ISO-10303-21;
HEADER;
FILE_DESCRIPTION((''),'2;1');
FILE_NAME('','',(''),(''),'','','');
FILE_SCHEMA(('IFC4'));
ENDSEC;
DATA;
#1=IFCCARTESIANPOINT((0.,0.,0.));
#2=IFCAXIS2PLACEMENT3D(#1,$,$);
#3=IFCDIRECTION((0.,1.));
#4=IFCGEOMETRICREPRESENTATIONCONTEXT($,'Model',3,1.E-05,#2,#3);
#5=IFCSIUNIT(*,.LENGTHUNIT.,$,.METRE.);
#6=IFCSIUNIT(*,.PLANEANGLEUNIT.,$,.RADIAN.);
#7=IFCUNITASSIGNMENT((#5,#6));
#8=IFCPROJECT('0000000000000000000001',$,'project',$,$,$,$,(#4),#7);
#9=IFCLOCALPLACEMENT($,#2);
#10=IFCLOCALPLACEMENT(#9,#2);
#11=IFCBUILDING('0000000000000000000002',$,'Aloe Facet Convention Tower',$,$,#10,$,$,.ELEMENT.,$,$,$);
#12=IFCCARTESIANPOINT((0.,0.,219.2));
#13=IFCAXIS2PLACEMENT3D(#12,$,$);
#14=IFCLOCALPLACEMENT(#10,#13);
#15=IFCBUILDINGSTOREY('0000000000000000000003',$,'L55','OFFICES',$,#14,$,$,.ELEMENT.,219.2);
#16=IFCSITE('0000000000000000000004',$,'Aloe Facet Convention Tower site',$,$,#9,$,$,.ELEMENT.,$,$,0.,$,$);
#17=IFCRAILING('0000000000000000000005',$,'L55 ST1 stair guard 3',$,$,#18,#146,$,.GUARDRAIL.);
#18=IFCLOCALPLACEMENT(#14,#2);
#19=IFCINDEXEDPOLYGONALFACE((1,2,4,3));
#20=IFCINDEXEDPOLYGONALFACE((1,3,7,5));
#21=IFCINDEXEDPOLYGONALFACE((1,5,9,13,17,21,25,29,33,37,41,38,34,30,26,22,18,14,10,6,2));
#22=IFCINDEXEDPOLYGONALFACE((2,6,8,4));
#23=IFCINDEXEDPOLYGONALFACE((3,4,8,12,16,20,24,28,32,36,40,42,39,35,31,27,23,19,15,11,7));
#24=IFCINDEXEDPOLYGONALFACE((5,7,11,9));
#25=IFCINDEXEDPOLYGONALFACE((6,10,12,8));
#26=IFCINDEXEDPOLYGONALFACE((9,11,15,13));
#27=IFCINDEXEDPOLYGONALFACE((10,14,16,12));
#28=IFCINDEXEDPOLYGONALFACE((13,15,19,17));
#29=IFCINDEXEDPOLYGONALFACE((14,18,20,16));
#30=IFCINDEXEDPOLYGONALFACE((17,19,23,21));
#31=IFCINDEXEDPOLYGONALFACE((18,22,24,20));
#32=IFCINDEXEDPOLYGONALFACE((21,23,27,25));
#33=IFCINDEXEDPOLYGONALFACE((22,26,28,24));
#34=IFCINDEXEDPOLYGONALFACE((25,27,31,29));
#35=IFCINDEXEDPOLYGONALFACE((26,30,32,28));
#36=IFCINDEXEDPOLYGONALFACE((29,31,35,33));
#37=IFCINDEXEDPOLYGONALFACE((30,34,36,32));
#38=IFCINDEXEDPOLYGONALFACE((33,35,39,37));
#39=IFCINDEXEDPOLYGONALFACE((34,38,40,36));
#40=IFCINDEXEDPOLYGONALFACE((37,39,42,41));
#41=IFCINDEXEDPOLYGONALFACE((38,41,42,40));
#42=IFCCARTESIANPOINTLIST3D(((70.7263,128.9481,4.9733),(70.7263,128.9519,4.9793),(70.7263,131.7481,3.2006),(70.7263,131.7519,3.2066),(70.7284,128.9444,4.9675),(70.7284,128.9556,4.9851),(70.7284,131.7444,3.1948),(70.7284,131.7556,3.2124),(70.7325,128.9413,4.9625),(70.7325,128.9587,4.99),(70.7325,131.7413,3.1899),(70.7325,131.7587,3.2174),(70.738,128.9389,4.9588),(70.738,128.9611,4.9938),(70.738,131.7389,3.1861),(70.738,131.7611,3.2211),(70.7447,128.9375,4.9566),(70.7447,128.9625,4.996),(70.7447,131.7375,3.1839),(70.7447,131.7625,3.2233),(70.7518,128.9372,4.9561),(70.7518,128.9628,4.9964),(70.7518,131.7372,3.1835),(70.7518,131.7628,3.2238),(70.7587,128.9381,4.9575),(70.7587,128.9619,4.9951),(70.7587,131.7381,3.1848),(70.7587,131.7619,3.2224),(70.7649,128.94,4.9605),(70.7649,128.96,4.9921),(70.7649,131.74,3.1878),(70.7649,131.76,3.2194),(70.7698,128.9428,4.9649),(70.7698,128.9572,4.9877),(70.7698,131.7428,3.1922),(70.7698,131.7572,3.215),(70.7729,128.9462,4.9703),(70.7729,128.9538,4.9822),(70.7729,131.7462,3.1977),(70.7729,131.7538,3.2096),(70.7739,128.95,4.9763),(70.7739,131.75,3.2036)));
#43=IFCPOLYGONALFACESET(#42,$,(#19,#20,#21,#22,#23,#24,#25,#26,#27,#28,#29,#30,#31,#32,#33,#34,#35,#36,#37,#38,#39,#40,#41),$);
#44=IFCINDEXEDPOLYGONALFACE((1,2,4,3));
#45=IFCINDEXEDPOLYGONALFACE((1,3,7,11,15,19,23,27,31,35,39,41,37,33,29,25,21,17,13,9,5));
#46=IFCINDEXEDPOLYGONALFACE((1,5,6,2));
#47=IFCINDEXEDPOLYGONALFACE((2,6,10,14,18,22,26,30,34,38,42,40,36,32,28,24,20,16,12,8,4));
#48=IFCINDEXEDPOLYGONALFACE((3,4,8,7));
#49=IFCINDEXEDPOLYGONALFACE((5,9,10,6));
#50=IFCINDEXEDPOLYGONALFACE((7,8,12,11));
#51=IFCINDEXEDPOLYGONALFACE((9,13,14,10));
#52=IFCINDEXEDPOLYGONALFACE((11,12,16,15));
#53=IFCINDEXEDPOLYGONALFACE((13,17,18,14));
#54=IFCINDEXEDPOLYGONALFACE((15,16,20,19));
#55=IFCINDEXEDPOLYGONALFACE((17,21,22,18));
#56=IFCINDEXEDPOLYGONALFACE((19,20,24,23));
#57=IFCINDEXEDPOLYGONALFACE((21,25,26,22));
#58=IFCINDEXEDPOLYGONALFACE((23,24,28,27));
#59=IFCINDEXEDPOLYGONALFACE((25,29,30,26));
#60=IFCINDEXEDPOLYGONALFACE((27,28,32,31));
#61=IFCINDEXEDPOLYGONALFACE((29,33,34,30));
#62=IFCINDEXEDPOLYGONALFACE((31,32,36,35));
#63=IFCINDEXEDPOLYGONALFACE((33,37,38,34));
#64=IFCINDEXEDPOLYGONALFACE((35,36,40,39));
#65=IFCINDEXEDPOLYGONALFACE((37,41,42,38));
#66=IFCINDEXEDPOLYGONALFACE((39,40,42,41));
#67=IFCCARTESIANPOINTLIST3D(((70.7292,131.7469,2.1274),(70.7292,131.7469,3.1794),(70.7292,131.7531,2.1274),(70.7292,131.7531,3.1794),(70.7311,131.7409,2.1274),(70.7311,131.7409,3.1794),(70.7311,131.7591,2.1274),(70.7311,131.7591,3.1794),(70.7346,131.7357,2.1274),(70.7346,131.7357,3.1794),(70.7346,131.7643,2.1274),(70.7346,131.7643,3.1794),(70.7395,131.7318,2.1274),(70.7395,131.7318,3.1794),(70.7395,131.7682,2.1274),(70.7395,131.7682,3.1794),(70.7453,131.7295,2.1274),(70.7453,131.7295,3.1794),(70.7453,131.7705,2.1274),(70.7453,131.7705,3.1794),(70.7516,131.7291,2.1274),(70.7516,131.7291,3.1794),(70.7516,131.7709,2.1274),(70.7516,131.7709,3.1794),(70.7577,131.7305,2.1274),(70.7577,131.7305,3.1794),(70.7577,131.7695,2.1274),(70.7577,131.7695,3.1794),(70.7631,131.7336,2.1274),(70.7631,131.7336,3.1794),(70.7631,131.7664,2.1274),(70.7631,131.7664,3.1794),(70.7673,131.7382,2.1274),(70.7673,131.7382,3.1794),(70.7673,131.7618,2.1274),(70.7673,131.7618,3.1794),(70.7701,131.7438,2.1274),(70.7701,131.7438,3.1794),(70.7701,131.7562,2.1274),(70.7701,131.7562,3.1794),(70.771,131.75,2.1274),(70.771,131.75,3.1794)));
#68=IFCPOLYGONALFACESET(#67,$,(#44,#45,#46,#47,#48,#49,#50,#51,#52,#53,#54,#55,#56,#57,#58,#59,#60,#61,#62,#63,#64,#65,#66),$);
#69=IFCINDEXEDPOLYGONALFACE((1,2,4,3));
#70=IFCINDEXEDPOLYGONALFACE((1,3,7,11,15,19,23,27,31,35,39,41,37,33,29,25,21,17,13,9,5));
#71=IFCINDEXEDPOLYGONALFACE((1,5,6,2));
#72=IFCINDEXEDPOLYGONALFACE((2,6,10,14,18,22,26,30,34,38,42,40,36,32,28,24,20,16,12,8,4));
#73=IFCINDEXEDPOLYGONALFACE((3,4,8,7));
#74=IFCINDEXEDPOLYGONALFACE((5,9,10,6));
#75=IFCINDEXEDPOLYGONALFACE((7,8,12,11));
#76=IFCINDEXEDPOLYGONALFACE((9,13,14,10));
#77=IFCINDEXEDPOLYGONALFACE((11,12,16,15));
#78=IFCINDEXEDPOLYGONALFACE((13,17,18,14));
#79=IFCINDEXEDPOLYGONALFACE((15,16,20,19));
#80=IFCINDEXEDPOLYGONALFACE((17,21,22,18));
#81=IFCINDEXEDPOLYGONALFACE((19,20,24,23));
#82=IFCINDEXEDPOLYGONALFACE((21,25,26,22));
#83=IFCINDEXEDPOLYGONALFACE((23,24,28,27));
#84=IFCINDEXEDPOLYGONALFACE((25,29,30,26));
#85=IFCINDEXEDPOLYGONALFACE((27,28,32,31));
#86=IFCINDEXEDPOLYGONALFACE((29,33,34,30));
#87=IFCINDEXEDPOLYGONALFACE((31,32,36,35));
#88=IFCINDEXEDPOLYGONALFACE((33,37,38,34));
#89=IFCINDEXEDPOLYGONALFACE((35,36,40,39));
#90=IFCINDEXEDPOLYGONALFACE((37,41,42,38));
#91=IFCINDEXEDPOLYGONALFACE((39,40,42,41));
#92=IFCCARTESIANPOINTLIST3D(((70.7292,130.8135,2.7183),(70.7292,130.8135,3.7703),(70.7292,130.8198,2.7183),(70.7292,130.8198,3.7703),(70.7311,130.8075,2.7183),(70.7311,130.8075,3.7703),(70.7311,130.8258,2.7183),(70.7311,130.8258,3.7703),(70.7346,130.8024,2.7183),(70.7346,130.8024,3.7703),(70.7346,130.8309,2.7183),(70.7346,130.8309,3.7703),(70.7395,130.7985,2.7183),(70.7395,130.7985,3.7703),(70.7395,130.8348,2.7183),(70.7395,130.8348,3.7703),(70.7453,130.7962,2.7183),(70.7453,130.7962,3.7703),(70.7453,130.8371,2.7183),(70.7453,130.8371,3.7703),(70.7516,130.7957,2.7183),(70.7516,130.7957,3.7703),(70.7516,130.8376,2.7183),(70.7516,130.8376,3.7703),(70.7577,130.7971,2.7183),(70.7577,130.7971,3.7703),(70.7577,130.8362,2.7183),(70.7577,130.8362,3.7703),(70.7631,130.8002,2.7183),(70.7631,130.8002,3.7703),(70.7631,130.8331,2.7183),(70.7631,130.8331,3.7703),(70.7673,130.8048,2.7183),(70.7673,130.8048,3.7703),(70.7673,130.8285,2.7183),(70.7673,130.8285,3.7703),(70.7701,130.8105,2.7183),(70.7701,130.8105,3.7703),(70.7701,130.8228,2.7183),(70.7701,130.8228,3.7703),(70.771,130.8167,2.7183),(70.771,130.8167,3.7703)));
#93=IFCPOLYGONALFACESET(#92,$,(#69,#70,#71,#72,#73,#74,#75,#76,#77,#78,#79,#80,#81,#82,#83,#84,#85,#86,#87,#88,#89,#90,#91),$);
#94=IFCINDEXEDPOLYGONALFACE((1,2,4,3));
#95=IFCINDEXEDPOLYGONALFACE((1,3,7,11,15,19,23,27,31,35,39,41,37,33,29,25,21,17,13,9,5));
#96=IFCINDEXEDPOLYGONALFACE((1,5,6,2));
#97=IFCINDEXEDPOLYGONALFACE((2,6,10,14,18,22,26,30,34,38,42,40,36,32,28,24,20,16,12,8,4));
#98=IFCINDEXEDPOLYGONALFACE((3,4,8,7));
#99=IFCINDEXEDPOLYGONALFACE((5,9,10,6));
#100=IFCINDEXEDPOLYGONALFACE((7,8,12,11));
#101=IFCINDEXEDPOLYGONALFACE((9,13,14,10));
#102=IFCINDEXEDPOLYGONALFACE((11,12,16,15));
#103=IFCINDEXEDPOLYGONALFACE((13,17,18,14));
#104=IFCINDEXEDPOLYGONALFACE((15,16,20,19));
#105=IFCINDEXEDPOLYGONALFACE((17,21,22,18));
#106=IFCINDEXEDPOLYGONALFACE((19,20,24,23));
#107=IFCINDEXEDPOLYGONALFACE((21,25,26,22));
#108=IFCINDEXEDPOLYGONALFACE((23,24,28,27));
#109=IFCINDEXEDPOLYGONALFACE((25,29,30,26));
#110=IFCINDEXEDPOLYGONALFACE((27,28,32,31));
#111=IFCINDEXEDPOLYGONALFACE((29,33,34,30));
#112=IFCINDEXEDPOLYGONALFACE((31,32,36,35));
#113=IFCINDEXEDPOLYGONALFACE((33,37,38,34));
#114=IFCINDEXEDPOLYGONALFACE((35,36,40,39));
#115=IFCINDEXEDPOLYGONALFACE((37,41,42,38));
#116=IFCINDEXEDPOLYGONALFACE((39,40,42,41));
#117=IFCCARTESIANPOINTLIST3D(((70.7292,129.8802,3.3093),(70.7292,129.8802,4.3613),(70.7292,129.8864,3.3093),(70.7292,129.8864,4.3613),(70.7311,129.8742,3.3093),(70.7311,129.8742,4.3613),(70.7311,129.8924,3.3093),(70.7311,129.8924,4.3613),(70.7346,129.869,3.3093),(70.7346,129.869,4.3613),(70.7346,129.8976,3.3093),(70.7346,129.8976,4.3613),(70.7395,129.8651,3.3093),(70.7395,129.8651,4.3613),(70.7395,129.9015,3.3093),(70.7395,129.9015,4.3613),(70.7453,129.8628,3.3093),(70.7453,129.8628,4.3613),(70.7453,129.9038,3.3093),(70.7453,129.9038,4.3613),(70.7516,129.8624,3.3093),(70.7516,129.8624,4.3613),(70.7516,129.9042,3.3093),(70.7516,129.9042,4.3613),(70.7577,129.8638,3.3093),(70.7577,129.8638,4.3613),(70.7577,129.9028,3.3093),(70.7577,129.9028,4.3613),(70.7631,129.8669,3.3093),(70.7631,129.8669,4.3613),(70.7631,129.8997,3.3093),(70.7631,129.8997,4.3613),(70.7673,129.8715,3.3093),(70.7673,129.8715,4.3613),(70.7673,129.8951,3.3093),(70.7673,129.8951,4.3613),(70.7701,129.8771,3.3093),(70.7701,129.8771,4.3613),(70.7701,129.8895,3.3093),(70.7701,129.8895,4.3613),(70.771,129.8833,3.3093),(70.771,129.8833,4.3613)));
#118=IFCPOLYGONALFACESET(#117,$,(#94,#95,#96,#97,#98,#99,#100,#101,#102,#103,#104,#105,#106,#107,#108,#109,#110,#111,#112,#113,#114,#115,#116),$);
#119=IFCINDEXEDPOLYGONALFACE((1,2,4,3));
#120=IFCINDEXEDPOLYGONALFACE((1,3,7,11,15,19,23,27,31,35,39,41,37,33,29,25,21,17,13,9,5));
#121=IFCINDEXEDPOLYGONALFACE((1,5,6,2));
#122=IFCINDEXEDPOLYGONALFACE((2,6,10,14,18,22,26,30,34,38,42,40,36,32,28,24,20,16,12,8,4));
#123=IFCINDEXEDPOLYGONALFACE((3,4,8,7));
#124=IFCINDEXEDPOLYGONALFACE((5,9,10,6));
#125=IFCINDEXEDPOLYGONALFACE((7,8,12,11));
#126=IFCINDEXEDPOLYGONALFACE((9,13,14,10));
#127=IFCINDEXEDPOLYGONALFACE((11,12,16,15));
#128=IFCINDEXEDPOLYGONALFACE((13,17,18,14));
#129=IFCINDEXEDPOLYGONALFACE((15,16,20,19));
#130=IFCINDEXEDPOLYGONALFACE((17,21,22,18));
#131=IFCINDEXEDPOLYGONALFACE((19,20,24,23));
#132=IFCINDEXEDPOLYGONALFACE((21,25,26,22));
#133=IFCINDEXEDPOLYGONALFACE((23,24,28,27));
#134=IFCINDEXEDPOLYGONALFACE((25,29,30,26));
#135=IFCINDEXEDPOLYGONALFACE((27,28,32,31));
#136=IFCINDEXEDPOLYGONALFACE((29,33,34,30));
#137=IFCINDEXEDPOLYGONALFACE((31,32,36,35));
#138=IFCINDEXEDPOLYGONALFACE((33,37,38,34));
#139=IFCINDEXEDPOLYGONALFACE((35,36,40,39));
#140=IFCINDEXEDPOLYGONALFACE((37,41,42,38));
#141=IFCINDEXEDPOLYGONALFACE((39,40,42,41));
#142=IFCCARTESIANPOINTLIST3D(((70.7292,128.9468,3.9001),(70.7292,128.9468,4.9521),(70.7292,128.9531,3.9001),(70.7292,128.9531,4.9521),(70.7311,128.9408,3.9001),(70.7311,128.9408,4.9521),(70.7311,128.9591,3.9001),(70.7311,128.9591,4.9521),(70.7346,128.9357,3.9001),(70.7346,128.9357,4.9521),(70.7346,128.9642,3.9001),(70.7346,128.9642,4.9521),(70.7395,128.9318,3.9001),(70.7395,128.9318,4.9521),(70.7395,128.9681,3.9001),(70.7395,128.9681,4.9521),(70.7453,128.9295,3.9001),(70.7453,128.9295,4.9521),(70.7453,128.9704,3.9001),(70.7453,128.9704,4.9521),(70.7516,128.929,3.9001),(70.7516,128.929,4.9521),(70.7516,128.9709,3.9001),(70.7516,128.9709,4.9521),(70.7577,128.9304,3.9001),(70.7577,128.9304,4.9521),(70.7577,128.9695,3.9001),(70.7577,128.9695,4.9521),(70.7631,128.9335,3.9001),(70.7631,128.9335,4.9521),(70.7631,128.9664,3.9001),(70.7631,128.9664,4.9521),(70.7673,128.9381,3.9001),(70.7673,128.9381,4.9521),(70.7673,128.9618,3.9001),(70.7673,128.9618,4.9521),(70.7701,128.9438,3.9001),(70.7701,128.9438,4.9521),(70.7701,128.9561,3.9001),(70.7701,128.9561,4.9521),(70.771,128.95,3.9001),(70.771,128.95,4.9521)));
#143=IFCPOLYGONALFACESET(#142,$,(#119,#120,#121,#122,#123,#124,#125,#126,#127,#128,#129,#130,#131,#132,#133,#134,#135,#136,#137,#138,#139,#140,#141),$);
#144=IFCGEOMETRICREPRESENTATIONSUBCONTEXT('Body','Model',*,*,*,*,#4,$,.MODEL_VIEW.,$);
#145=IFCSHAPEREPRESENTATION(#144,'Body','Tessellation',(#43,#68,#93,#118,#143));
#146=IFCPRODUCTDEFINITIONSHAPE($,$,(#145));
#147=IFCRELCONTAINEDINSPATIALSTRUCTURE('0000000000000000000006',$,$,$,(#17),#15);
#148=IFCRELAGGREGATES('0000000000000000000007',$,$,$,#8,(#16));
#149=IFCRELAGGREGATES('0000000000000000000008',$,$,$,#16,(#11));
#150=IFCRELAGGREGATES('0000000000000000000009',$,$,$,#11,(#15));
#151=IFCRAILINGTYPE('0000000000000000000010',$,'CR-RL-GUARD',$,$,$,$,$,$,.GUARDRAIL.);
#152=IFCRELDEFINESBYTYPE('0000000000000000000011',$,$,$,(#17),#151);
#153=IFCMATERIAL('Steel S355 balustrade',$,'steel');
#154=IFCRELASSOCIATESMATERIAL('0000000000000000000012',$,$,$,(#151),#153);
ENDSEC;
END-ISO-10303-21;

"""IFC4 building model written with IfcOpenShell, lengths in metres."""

from ifc_helpers import new_model, si_unit, direction, frame, origin, origin_2d, place, context, subcontext, project, spatial, circle, extrude, material, type_object, element, save


model = new_model("IFC4")

# Units and contexts
model_context = context("Model", 3, precision=1e-05, world=origin(), true_north=direction((0.0, 1.0)))
body_context = subcontext(model_context, "Body", "Model", "MODEL_VIEW")
ifc_project = project(units=[si_unit("LENGTHUNIT", "METRE"), si_unit("PLANEANGLEUNIT", "RADIAN")], contexts=[model_context])

# Site, building, storey
site_placement = place(None, origin())
site = spatial("IfcSite", under=ifc_project, at=site_placement, Name="Aloe Facet Convention Tower site", CompositionType="ELEMENT", RefElevation=0.0)
building_placement = place(site_placement, origin())
building = spatial("IfcBuilding", under=site, at=building_placement, Name="Aloe Facet Convention Tower", CompositionType="ELEMENT")
storey_placement = place(building_placement, frame((0.0, 0.0, 219.2)))
storey = spatial("IfcBuildingStorey", under=building, at=storey_placement, Name="L55", Description="OFFICES", CompositionType="ELEMENT", Elevation=219.2)

# Railing
ifc_material_1 = material(Name="Steel S355 balustrade", Category="steel")
railing_type_1 = type_object("IfcRailingType", Name="CR-RL-GUARD", PredefinedType="GUARDRAIL", material=ifc_material_1)
railing_1_placement = place(storey_placement, frame((70.75, 131.75, 2.1274)))
element("IfcRailing", 1, at=railing_1_placement, inside=storey, type_object=railing_type_1, Name="L55 ST1 stair guard 3", PredefinedType="GUARDRAIL", context=body_context, shape_type="SweptSolid", body=[
    extrude(circle(Radius=0.0239, at=origin_2d()), frame((0.0, 0.0, 1.0762), z_axis=(0.0, -0.844909, 0.53491), x_axis=(1.0, 0.0, 0.0)), (0.0, 0.0, 1.0), 3.314),
    extrude(circle(Radius=0.021, at=origin_2d()), origin(), (0.0, 0.0, 1.0), 1.052),
    extrude(circle(Radius=0.021, at=origin_2d()), frame((0.0, -0.9333, 0.5908)), (0.0, 0.0, 1.0), 1.052),
    extrude(circle(Radius=0.021, at=origin_2d()), frame((0.0, -1.8667, 1.1819)), (0.0, 0.0, 1.0), 1.052),
    extrude(circle(Radius=0.021, at=origin_2d()), frame((0.0, -2.8, 1.7727)), (0.0, 0.0, 1.0), 1.052),
])

save(model, "model.ifc")
